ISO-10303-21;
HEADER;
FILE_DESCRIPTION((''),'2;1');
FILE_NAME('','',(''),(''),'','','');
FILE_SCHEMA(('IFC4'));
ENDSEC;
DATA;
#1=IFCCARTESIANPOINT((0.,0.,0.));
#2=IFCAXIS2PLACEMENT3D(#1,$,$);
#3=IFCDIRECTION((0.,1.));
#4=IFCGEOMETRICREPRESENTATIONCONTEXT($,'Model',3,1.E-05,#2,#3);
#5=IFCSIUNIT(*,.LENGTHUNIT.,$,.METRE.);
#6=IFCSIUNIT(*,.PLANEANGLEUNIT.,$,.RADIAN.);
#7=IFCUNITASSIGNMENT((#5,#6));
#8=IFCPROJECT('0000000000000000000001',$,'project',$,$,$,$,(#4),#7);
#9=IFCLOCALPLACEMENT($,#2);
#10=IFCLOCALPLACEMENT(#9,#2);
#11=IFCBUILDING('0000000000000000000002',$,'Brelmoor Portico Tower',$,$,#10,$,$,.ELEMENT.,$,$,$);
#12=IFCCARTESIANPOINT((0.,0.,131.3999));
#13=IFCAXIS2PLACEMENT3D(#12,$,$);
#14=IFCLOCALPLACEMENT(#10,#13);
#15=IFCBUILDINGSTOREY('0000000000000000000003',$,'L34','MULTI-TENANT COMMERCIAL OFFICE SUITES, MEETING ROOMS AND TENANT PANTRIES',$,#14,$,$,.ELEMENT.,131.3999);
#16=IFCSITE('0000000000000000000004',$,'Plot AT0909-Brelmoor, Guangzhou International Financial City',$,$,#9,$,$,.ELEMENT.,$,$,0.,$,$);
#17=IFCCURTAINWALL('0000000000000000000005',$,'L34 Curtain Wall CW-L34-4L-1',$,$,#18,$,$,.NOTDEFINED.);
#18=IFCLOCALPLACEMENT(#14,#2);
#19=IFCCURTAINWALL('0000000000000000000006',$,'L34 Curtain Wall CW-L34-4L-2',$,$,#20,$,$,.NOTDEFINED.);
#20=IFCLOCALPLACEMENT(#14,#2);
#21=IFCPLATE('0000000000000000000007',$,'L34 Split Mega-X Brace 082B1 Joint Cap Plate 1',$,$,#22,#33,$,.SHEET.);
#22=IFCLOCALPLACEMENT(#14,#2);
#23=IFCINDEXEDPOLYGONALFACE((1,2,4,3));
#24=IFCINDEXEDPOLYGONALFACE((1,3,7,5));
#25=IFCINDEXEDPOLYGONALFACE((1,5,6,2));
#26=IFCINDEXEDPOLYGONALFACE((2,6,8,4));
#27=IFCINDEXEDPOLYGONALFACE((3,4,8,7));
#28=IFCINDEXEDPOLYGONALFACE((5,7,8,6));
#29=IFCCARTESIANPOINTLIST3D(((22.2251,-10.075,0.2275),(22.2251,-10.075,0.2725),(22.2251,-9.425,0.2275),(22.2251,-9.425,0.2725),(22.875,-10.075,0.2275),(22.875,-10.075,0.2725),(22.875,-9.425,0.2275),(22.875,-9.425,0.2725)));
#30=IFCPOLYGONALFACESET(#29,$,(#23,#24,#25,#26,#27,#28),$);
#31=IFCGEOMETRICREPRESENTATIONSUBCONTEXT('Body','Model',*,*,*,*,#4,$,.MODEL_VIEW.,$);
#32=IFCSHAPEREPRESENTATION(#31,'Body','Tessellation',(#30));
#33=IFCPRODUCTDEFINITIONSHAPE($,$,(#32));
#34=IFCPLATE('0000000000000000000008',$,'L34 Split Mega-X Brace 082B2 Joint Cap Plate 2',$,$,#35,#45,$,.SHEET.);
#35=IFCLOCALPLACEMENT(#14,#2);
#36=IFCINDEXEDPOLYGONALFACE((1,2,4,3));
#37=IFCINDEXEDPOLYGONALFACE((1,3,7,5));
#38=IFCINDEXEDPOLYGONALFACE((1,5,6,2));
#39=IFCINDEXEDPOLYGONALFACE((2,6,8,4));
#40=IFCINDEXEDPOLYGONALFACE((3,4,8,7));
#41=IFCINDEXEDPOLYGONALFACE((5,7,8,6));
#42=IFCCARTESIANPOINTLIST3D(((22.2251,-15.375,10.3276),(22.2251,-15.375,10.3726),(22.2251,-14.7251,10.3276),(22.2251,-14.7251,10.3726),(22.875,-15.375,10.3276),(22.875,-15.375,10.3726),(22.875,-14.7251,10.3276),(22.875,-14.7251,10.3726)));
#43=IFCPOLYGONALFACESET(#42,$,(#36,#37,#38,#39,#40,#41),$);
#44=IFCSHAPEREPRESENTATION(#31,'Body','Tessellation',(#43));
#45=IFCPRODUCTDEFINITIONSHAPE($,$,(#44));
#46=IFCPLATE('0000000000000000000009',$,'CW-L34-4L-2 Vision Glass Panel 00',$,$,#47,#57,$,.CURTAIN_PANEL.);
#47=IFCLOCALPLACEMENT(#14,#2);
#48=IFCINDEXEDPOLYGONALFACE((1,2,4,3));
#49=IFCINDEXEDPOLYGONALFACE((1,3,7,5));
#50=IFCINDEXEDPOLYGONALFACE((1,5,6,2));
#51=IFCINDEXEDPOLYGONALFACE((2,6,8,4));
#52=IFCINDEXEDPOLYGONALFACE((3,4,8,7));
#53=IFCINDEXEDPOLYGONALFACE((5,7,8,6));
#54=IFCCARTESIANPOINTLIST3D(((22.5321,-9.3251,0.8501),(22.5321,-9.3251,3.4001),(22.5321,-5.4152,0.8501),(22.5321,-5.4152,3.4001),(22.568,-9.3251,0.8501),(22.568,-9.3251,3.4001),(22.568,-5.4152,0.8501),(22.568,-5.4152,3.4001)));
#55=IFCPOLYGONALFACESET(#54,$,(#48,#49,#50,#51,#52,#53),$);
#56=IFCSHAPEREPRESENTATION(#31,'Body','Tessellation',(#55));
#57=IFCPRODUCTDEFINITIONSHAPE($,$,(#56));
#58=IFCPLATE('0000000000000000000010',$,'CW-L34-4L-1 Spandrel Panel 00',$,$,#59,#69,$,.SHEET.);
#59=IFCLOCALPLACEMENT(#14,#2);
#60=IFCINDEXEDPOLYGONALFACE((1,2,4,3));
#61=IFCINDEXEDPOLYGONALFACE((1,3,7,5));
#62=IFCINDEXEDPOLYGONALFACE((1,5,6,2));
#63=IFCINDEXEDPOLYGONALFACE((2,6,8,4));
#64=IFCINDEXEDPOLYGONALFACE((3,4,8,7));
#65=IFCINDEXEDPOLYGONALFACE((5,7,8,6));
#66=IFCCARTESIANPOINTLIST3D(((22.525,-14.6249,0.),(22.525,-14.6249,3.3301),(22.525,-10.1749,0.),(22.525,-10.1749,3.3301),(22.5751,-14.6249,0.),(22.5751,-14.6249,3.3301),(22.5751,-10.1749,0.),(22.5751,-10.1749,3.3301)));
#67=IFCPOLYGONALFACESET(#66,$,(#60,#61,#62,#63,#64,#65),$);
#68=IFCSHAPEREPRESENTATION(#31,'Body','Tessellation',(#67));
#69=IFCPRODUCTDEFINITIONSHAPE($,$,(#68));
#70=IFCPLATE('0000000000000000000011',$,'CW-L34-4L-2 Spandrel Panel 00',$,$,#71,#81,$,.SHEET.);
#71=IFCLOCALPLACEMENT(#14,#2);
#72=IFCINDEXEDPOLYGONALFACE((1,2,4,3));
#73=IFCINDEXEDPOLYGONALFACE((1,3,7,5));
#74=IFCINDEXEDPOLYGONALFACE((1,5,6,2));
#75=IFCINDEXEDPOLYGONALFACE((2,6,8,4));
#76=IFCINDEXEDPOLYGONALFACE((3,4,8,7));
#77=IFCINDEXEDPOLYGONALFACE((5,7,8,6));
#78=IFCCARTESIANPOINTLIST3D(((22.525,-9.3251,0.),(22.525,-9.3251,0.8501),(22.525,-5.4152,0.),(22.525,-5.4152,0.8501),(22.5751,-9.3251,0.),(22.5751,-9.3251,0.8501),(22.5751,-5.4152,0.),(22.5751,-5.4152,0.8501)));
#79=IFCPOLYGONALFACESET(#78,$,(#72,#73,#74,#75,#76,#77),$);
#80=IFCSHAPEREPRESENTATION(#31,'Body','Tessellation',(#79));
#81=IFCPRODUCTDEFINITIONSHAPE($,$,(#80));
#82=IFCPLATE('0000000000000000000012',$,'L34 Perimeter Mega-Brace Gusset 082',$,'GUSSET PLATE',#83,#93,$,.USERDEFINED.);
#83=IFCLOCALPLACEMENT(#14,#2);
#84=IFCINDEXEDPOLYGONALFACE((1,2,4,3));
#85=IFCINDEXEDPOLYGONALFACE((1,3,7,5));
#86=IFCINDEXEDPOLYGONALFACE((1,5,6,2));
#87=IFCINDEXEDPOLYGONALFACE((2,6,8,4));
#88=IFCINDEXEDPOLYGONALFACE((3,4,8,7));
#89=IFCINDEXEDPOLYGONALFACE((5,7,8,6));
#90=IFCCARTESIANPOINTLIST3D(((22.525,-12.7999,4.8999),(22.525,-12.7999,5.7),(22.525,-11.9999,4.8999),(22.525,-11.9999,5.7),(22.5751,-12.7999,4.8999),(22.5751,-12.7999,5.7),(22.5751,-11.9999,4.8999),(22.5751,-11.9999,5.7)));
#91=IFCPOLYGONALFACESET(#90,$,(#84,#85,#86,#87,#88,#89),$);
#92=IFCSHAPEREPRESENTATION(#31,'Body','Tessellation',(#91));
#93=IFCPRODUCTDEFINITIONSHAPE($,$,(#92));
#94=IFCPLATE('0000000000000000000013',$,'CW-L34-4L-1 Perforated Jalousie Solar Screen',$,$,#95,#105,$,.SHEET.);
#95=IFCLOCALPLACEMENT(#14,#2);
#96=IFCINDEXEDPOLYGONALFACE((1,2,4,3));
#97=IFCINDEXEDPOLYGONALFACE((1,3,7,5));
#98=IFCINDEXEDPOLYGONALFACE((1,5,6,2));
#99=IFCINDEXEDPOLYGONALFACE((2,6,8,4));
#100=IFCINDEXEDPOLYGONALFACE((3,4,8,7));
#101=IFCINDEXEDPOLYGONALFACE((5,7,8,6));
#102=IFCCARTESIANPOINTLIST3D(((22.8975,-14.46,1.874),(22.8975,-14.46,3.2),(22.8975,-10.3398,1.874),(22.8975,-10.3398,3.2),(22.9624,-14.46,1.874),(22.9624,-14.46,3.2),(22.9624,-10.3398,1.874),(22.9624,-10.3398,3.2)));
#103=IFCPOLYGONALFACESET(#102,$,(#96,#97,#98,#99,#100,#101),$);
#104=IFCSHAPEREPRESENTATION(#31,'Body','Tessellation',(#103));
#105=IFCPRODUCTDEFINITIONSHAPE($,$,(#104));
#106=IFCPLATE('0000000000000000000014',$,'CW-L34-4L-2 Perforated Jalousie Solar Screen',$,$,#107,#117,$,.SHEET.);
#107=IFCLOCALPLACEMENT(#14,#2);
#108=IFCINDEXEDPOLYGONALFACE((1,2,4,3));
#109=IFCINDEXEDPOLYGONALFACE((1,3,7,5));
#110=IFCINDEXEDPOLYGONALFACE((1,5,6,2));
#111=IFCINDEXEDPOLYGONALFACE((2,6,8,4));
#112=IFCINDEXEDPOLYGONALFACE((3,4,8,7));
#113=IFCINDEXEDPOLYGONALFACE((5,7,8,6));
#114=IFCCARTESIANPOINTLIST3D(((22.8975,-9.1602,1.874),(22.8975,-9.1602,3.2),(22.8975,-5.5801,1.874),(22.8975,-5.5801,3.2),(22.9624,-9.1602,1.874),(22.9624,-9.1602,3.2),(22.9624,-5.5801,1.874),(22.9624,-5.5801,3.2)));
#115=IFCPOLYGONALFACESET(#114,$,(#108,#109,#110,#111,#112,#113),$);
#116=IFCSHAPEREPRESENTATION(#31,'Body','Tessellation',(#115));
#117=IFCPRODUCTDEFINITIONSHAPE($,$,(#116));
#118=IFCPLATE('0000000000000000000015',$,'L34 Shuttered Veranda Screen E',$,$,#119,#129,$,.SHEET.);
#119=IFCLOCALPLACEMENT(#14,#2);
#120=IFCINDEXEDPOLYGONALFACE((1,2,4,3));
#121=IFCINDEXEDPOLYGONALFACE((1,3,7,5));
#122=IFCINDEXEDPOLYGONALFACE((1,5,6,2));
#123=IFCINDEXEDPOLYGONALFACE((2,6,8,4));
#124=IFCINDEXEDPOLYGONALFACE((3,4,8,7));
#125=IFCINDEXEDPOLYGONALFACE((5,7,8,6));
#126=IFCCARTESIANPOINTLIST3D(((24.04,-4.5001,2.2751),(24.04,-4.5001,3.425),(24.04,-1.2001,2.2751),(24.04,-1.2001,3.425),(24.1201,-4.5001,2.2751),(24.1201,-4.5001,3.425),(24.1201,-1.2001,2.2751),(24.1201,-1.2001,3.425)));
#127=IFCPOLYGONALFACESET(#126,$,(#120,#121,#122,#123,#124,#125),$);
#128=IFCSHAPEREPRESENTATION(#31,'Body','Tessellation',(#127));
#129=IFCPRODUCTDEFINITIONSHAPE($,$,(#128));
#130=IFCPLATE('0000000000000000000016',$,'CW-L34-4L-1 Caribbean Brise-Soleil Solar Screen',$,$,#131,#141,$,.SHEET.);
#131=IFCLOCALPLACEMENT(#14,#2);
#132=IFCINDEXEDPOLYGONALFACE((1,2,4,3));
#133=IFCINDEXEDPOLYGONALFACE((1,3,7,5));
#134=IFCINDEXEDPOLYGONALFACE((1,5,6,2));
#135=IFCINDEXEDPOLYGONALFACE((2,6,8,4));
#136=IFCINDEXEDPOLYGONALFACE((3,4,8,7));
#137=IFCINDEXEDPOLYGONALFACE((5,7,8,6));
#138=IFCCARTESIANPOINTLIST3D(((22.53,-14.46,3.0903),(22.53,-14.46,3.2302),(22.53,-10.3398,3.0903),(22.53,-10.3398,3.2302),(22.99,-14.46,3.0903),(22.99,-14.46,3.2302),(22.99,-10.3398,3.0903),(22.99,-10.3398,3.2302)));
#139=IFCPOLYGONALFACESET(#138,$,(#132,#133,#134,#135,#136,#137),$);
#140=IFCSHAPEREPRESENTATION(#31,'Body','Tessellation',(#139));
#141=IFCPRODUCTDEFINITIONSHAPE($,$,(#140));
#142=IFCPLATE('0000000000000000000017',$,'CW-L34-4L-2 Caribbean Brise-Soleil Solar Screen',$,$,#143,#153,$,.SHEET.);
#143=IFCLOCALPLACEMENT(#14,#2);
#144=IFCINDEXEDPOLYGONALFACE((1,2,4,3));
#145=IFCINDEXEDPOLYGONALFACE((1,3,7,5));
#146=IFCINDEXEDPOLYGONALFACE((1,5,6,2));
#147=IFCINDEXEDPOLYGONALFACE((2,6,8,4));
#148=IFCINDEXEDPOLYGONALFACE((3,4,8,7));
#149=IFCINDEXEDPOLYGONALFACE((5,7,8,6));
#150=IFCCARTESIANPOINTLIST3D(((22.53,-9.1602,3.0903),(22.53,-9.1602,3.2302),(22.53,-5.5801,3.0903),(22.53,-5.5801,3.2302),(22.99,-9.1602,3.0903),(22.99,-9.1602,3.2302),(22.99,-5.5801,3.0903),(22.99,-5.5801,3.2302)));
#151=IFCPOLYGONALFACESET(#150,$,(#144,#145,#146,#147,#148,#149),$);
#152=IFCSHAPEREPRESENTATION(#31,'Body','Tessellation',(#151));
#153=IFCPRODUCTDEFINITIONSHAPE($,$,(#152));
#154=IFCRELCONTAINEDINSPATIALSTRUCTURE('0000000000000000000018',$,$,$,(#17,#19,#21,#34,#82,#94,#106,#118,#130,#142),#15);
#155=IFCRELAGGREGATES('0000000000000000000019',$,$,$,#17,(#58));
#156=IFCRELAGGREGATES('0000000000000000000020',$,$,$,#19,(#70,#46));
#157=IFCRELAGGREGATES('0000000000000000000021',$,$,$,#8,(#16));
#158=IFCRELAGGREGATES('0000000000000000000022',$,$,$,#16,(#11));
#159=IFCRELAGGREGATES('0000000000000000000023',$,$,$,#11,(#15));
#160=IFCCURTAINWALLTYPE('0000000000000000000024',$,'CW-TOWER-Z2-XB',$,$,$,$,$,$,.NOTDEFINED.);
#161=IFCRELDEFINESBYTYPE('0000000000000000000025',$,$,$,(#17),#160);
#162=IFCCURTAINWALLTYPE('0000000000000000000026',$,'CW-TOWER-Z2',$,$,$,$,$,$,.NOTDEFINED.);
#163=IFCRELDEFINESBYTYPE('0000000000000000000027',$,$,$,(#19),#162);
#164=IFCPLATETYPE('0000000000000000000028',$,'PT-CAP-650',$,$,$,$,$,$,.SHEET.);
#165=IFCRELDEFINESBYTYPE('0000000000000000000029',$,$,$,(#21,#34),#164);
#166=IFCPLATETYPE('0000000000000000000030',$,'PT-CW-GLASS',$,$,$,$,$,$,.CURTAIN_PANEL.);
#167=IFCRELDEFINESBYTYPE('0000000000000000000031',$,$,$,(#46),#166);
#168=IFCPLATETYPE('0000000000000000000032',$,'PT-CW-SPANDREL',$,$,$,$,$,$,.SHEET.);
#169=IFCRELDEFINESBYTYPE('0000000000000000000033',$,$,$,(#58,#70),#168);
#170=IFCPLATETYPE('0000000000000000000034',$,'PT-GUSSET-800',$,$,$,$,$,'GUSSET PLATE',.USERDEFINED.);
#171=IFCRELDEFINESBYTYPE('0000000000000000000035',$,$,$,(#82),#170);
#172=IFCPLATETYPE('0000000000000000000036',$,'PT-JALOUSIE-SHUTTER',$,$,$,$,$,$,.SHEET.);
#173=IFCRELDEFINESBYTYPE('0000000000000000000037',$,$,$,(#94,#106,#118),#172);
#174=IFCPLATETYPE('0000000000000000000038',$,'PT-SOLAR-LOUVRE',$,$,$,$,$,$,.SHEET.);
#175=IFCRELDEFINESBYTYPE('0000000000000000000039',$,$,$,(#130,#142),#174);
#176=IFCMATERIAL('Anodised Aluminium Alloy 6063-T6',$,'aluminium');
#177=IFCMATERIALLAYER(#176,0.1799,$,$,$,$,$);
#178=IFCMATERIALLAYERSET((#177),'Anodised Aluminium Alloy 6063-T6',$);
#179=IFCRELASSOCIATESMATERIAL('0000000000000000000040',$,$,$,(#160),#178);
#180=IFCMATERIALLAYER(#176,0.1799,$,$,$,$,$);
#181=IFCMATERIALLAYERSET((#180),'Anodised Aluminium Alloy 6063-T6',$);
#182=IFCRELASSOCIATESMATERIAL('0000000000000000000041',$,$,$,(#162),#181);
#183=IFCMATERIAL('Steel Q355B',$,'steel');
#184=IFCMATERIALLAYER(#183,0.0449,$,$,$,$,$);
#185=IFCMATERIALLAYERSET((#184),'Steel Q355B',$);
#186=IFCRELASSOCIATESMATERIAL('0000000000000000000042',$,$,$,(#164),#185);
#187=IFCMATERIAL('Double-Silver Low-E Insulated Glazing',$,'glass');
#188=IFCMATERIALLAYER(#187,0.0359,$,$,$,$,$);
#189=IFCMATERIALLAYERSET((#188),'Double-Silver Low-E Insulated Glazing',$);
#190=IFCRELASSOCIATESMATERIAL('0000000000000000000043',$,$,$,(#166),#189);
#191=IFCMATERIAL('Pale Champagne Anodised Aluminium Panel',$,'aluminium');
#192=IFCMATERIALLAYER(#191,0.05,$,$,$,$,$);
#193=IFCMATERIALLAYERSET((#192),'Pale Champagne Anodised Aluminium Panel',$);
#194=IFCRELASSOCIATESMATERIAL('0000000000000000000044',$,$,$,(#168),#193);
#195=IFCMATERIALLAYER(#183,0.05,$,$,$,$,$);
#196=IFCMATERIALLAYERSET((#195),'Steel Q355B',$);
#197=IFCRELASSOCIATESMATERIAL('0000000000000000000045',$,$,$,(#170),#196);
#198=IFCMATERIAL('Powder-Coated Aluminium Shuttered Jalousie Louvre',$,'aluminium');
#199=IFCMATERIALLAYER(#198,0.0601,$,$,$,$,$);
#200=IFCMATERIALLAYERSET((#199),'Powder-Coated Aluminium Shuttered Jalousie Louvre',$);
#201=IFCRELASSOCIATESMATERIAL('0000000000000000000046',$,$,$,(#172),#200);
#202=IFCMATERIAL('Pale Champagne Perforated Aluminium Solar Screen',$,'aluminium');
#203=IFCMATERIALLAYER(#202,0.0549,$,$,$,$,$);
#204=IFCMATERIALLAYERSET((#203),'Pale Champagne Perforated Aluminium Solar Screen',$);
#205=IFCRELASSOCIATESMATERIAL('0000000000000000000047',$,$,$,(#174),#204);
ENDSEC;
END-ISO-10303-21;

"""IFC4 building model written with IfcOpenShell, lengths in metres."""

from ifc_helpers import new_model, si_unit, direction, frame, origin, origin_2d, place, context, subcontext, project, spatial, rectangle, extrude, material, layer, layer_set, type_object, element, aggregate, save


model = new_model("IFC4")

# Units and contexts
model_context = context("Model", 3, precision=1e-05, world=origin(), true_north=direction((0.0, 1.0)))
body_context = subcontext(model_context, "Body", "Model", "MODEL_VIEW")
ifc_project = project(units=[si_unit("LENGTHUNIT", "METRE"), si_unit("PLANEANGLEUNIT", "RADIAN")], contexts=[model_context])

# Site, building, storey
site_placement = place(None, origin())
site = spatial("IfcSite", under=ifc_project, at=site_placement, Name="Plot AT0909-Brelmoor, Guangzhou International Financial City", CompositionType="ELEMENT", RefElevation=0.0)
building_placement = place(site_placement, origin())
building = spatial("IfcBuilding", under=site, at=building_placement, Name="Brelmoor Portico Tower", CompositionType="ELEMENT")
storey_placement = place(building_placement, frame((0.0, 0.0, 131.3999)))
storey = spatial("IfcBuildingStorey", under=building, at=storey_placement, Name="L34", Description="MULTI-TENANT COMMERCIAL OFFICE SUITES, MEETING ROOMS AND TENANT PANTRIES", CompositionType="ELEMENT", Elevation=131.3999)

# Shared definitions
ifc_material_1 = material(Name="Steel Q355B", Category="steel")

# Curtain walls
ifc_material_2 = material(Name="Anodised Aluminium Alloy 6063-T6", Category="aluminium")
ifc_layer_1 = layer(ifc_material_2, 0.1799)
ifc_layer_set_1 = layer_set([ifc_layer_1], Name="Anodised Aluminium Alloy 6063-T6")
curtain_wall_type_1 = type_object("IfcCurtainWallType", Name="CW-TOWER-Z2-XB", PredefinedType="NOTDEFINED", material=ifc_layer_set_1)
curtain_wall_1_placement = place(storey_placement, origin())
curtain_wall_1 = element("IfcCurtainWall", 1, at=curtain_wall_1_placement, inside=storey, type_object=curtain_wall_type_1, Name="L34 Curtain Wall CW-L34-4L-1", PredefinedType="NOTDEFINED")
ifc_layer_2 = layer(ifc_material_2, 0.1799)
ifc_layer_set_2 = layer_set([ifc_layer_2], Name="Anodised Aluminium Alloy 6063-T6")
curtain_wall_type_2 = type_object("IfcCurtainWallType", Name="CW-TOWER-Z2", PredefinedType="NOTDEFINED", material=ifc_layer_set_2)
curtain_wall_2_placement = place(storey_placement, origin())
curtain_wall_2 = element("IfcCurtainWall", 2, at=curtain_wall_2_placement, inside=storey, type_object=curtain_wall_type_2, Name="L34 Curtain Wall CW-L34-4L-2", PredefinedType="NOTDEFINED")

# Plates
ifc_layer_3 = layer(ifc_material_1, 0.0449)
ifc_layer_set_3 = layer_set([ifc_layer_3], Name="Steel Q355B")
plate_type_1 = type_object("IfcPlateType", Name="PT-CAP-650", PredefinedType="SHEET", material=ifc_layer_set_3)
for number, where, z_axis, x_axis, name in (
    (3, (22.55, -9.75, 0.2275), (0.0, 0.0, 1.0), (1.0, 0.0, 0.0), "L34 Split Mega-X Brace 082B1 Joint Cap Plate 1"),
    (4, (22.55, -15.05, 10.3276), (0.0, 0.0, 1.0), (1.0, 0.0, 0.0), "L34 Split Mega-X Brace 082B2 Joint Cap Plate 2"),
):
    element("IfcPlate", number, at=place(storey_placement, frame(where, z_axis=z_axis, x_axis=x_axis)), inside=storey, type_object=plate_type_1, Name=name, PredefinedType="SHEET", context=body_context, shape_type="SweptSolid", body=[
        extrude(rectangle(XDim=0.6499, YDim=0.6499, at=origin_2d()), origin(), (0.0, 0.0, 1.0), 0.0449),
    ])

# Plates
ifc_material_3 = material(Name="Double-Silver Low-E Insulated Glazing", Category="glass")
ifc_layer_4 = layer(ifc_material_3, 0.0359)
ifc_layer_set_4 = layer_set([ifc_layer_4], Name="Double-Silver Low-E Insulated Glazing")
plate_type_2 = type_object("IfcPlateType", Name="PT-CW-GLASS", PredefinedType="CURTAIN_PANEL", material=ifc_layer_set_4)
plate_1_placement = place(storey_placement, frame((22.55, -7.3701, 0.8501), z_axis=(0.0, 0.0, 1.0), x_axis=(0.0, 1.0, 0.0)))
plate_1 = element("IfcPlate", 5, at=plate_1_placement, type_object=plate_type_2, Name="CW-L34-4L-2 Vision Glass Panel 00", PredefinedType="CURTAIN_PANEL", context=body_context, shape_type="SweptSolid", body=[
    extrude(rectangle(XDim=3.9099, YDim=0.0359, at=origin_2d()), origin(), (0.0, 0.0, 1.0), 2.55),
])
ifc_material_4 = material(Name="Pale Champagne Anodised Aluminium Panel", Category="aluminium")
ifc_layer_5 = layer(ifc_material_4, 0.05)
ifc_layer_set_5 = layer_set([ifc_layer_5], Name="Pale Champagne Anodised Aluminium Panel")
plate_type_3 = type_object("IfcPlateType", Name="PT-CW-SPANDREL", PredefinedType="SHEET", material=ifc_layer_set_5)
plate_2_placement = place(storey_placement, frame((22.55, -12.3999, 0.0), z_axis=(0.0, 0.0, 1.0), x_axis=(0.0, 1.0, 0.0)))
plate_2 = element("IfcPlate", 6, at=plate_2_placement, type_object=plate_type_3, Name="CW-L34-4L-1 Spandrel Panel 00", PredefinedType="SHEET", context=body_context, shape_type="SweptSolid", body=[
    extrude(rectangle(XDim=4.45, YDim=0.05, at=origin_2d()), origin(), (0.0, 0.0, 1.0), 3.3301),
])
aggregate(curtain_wall_1, [plate_2])
plate_3_placement = place(storey_placement, frame((22.55, -7.3701, 0.0), z_axis=(0.0, 0.0, 1.0), x_axis=(0.0, 1.0, 0.0)))
plate_3 = element("IfcPlate", 7, at=plate_3_placement, type_object=plate_type_3, Name="CW-L34-4L-2 Spandrel Panel 00", PredefinedType="SHEET", context=body_context, shape_type="SweptSolid", body=[
    extrude(rectangle(XDim=3.9099, YDim=0.05, at=origin_2d()), origin(), (0.0, 0.0, 1.0), 0.8501),
])
aggregate(curtain_wall_2, [plate_3, plate_1])

# Plates
ifc_layer_6 = layer(ifc_material_1, 0.05)
ifc_layer_set_6 = layer_set([ifc_layer_6], Name="Steel Q355B")
plate_type_4 = type_object("IfcPlateType", Name="PT-GUSSET-800", ElementType="GUSSET PLATE", PredefinedType="USERDEFINED", material=ifc_layer_set_6)
plate_4_placement = place(storey_placement, frame((22.55, -12.3999, 4.8999), z_axis=(0.0, 0.0, 1.0), x_axis=(1.0, 0.0, 0.0)))
element("IfcPlate", 8, at=plate_4_placement, inside=storey, type_object=plate_type_4, Name="L34 Perimeter Mega-Brace Gusset 082", ObjectType="GUSSET PLATE", PredefinedType="USERDEFINED", context=body_context, shape_type="SweptSolid", body=[
    extrude(rectangle(XDim=0.05, YDim=0.8, at=origin_2d()), origin(), (0.0, 0.0, 1.0), 0.8),
])
ifc_material_5 = material(Name="Powder-Coated Aluminium Shuttered Jalousie Louvre", Category="aluminium")
ifc_layer_7 = layer(ifc_material_5, 0.0601)
ifc_layer_set_7 = layer_set([ifc_layer_7], Name="Powder-Coated Aluminium Shuttered Jalousie Louvre")
plate_type_5 = type_object("IfcPlateType", Name="PT-JALOUSIE-SHUTTER", PredefinedType="SHEET", material=ifc_layer_set_7)
plate_5_placement = place(storey_placement, frame((22.9299, -12.3999, 1.874), z_axis=(0.0, 0.0, 1.0), x_axis=(0.0, 1.0, 0.0)))
element("IfcPlate", 9, at=plate_5_placement, inside=storey, type_object=plate_type_5, Name="CW-L34-4L-1 Perforated Jalousie Solar Screen", PredefinedType="SHEET", context=body_context, shape_type="SweptSolid", body=[
    extrude(rectangle(XDim=4.1201, YDim=0.0649, at=origin_2d()), origin(), (0.0, 0.0, 1.0), 1.3259),
])
plate_6_placement = place(storey_placement, frame((22.9299, -7.3701, 1.874), z_axis=(0.0, 0.0, 1.0), x_axis=(0.0, 1.0, 0.0)))
element("IfcPlate", 10, at=plate_6_placement, inside=storey, type_object=plate_type_5, Name="CW-L34-4L-2 Perforated Jalousie Solar Screen", PredefinedType="SHEET", context=body_context, shape_type="SweptSolid", body=[
    extrude(rectangle(XDim=3.5801, YDim=0.0649, at=origin_2d()), origin(), (0.0, 0.0, 1.0), 1.3259),
])
plate_7_placement = place(storey_placement, frame((24.0801, -2.8501, 2.2751), z_axis=(0.0, 0.0, 1.0), x_axis=(0.0, 1.0, 0.0)))
element("IfcPlate", 11, at=plate_7_placement, inside=storey, type_object=plate_type_5, Name="L34 Shuttered Veranda Screen E", PredefinedType="SHEET", context=body_context, shape_type="SweptSolid", body=[
    extrude(rectangle(XDim=3.3, YDim=0.0801, at=origin_2d()), origin(), (0.0, 0.0, 1.0), 1.1499),
])
ifc_material_6 = material(Name="Pale Champagne Perforated Aluminium Solar Screen", Category="aluminium")
ifc_layer_8 = layer(ifc_material_6, 0.0549)
ifc_layer_set_8 = layer_set([ifc_layer_8], Name="Pale Champagne Perforated Aluminium Solar Screen")
plate_type_6 = type_object("IfcPlateType", Name="PT-SOLAR-LOUVRE", PredefinedType="SHEET", material=ifc_layer_set_8)
plate_8_placement = place(storey_placement, frame((22.76, -12.3999, 3.0903), z_axis=(0.0, 0.0, 1.0), x_axis=(0.0, 1.0, 0.0)))
element("IfcPlate", 12, at=plate_8_placement, inside=storey, type_object=plate_type_6, Name="CW-L34-4L-1 Caribbean Brise-Soleil Solar Screen", PredefinedType="SHEET", context=body_context, shape_type="SweptSolid", body=[
    extrude(rectangle(XDim=4.1201, YDim=0.46, at=origin_2d()), origin(), (0.0, 0.0, 1.0), 0.1399),
])
plate_9_placement = place(storey_placement, frame((22.76, -7.3701, 3.0903), z_axis=(0.0, 0.0, 1.0), x_axis=(0.0, 1.0, 0.0)))
element("IfcPlate", 13, at=plate_9_placement, inside=storey, type_object=plate_type_6, Name="CW-L34-4L-2 Caribbean Brise-Soleil Solar Screen", PredefinedType="SHEET", context=body_context, shape_type="SweptSolid", body=[
    extrude(rectangle(XDim=3.5801, YDim=0.46, at=origin_2d()), origin(), (0.0, 0.0, 1.0), 0.1399),
])

save(model, "model.ifc")
